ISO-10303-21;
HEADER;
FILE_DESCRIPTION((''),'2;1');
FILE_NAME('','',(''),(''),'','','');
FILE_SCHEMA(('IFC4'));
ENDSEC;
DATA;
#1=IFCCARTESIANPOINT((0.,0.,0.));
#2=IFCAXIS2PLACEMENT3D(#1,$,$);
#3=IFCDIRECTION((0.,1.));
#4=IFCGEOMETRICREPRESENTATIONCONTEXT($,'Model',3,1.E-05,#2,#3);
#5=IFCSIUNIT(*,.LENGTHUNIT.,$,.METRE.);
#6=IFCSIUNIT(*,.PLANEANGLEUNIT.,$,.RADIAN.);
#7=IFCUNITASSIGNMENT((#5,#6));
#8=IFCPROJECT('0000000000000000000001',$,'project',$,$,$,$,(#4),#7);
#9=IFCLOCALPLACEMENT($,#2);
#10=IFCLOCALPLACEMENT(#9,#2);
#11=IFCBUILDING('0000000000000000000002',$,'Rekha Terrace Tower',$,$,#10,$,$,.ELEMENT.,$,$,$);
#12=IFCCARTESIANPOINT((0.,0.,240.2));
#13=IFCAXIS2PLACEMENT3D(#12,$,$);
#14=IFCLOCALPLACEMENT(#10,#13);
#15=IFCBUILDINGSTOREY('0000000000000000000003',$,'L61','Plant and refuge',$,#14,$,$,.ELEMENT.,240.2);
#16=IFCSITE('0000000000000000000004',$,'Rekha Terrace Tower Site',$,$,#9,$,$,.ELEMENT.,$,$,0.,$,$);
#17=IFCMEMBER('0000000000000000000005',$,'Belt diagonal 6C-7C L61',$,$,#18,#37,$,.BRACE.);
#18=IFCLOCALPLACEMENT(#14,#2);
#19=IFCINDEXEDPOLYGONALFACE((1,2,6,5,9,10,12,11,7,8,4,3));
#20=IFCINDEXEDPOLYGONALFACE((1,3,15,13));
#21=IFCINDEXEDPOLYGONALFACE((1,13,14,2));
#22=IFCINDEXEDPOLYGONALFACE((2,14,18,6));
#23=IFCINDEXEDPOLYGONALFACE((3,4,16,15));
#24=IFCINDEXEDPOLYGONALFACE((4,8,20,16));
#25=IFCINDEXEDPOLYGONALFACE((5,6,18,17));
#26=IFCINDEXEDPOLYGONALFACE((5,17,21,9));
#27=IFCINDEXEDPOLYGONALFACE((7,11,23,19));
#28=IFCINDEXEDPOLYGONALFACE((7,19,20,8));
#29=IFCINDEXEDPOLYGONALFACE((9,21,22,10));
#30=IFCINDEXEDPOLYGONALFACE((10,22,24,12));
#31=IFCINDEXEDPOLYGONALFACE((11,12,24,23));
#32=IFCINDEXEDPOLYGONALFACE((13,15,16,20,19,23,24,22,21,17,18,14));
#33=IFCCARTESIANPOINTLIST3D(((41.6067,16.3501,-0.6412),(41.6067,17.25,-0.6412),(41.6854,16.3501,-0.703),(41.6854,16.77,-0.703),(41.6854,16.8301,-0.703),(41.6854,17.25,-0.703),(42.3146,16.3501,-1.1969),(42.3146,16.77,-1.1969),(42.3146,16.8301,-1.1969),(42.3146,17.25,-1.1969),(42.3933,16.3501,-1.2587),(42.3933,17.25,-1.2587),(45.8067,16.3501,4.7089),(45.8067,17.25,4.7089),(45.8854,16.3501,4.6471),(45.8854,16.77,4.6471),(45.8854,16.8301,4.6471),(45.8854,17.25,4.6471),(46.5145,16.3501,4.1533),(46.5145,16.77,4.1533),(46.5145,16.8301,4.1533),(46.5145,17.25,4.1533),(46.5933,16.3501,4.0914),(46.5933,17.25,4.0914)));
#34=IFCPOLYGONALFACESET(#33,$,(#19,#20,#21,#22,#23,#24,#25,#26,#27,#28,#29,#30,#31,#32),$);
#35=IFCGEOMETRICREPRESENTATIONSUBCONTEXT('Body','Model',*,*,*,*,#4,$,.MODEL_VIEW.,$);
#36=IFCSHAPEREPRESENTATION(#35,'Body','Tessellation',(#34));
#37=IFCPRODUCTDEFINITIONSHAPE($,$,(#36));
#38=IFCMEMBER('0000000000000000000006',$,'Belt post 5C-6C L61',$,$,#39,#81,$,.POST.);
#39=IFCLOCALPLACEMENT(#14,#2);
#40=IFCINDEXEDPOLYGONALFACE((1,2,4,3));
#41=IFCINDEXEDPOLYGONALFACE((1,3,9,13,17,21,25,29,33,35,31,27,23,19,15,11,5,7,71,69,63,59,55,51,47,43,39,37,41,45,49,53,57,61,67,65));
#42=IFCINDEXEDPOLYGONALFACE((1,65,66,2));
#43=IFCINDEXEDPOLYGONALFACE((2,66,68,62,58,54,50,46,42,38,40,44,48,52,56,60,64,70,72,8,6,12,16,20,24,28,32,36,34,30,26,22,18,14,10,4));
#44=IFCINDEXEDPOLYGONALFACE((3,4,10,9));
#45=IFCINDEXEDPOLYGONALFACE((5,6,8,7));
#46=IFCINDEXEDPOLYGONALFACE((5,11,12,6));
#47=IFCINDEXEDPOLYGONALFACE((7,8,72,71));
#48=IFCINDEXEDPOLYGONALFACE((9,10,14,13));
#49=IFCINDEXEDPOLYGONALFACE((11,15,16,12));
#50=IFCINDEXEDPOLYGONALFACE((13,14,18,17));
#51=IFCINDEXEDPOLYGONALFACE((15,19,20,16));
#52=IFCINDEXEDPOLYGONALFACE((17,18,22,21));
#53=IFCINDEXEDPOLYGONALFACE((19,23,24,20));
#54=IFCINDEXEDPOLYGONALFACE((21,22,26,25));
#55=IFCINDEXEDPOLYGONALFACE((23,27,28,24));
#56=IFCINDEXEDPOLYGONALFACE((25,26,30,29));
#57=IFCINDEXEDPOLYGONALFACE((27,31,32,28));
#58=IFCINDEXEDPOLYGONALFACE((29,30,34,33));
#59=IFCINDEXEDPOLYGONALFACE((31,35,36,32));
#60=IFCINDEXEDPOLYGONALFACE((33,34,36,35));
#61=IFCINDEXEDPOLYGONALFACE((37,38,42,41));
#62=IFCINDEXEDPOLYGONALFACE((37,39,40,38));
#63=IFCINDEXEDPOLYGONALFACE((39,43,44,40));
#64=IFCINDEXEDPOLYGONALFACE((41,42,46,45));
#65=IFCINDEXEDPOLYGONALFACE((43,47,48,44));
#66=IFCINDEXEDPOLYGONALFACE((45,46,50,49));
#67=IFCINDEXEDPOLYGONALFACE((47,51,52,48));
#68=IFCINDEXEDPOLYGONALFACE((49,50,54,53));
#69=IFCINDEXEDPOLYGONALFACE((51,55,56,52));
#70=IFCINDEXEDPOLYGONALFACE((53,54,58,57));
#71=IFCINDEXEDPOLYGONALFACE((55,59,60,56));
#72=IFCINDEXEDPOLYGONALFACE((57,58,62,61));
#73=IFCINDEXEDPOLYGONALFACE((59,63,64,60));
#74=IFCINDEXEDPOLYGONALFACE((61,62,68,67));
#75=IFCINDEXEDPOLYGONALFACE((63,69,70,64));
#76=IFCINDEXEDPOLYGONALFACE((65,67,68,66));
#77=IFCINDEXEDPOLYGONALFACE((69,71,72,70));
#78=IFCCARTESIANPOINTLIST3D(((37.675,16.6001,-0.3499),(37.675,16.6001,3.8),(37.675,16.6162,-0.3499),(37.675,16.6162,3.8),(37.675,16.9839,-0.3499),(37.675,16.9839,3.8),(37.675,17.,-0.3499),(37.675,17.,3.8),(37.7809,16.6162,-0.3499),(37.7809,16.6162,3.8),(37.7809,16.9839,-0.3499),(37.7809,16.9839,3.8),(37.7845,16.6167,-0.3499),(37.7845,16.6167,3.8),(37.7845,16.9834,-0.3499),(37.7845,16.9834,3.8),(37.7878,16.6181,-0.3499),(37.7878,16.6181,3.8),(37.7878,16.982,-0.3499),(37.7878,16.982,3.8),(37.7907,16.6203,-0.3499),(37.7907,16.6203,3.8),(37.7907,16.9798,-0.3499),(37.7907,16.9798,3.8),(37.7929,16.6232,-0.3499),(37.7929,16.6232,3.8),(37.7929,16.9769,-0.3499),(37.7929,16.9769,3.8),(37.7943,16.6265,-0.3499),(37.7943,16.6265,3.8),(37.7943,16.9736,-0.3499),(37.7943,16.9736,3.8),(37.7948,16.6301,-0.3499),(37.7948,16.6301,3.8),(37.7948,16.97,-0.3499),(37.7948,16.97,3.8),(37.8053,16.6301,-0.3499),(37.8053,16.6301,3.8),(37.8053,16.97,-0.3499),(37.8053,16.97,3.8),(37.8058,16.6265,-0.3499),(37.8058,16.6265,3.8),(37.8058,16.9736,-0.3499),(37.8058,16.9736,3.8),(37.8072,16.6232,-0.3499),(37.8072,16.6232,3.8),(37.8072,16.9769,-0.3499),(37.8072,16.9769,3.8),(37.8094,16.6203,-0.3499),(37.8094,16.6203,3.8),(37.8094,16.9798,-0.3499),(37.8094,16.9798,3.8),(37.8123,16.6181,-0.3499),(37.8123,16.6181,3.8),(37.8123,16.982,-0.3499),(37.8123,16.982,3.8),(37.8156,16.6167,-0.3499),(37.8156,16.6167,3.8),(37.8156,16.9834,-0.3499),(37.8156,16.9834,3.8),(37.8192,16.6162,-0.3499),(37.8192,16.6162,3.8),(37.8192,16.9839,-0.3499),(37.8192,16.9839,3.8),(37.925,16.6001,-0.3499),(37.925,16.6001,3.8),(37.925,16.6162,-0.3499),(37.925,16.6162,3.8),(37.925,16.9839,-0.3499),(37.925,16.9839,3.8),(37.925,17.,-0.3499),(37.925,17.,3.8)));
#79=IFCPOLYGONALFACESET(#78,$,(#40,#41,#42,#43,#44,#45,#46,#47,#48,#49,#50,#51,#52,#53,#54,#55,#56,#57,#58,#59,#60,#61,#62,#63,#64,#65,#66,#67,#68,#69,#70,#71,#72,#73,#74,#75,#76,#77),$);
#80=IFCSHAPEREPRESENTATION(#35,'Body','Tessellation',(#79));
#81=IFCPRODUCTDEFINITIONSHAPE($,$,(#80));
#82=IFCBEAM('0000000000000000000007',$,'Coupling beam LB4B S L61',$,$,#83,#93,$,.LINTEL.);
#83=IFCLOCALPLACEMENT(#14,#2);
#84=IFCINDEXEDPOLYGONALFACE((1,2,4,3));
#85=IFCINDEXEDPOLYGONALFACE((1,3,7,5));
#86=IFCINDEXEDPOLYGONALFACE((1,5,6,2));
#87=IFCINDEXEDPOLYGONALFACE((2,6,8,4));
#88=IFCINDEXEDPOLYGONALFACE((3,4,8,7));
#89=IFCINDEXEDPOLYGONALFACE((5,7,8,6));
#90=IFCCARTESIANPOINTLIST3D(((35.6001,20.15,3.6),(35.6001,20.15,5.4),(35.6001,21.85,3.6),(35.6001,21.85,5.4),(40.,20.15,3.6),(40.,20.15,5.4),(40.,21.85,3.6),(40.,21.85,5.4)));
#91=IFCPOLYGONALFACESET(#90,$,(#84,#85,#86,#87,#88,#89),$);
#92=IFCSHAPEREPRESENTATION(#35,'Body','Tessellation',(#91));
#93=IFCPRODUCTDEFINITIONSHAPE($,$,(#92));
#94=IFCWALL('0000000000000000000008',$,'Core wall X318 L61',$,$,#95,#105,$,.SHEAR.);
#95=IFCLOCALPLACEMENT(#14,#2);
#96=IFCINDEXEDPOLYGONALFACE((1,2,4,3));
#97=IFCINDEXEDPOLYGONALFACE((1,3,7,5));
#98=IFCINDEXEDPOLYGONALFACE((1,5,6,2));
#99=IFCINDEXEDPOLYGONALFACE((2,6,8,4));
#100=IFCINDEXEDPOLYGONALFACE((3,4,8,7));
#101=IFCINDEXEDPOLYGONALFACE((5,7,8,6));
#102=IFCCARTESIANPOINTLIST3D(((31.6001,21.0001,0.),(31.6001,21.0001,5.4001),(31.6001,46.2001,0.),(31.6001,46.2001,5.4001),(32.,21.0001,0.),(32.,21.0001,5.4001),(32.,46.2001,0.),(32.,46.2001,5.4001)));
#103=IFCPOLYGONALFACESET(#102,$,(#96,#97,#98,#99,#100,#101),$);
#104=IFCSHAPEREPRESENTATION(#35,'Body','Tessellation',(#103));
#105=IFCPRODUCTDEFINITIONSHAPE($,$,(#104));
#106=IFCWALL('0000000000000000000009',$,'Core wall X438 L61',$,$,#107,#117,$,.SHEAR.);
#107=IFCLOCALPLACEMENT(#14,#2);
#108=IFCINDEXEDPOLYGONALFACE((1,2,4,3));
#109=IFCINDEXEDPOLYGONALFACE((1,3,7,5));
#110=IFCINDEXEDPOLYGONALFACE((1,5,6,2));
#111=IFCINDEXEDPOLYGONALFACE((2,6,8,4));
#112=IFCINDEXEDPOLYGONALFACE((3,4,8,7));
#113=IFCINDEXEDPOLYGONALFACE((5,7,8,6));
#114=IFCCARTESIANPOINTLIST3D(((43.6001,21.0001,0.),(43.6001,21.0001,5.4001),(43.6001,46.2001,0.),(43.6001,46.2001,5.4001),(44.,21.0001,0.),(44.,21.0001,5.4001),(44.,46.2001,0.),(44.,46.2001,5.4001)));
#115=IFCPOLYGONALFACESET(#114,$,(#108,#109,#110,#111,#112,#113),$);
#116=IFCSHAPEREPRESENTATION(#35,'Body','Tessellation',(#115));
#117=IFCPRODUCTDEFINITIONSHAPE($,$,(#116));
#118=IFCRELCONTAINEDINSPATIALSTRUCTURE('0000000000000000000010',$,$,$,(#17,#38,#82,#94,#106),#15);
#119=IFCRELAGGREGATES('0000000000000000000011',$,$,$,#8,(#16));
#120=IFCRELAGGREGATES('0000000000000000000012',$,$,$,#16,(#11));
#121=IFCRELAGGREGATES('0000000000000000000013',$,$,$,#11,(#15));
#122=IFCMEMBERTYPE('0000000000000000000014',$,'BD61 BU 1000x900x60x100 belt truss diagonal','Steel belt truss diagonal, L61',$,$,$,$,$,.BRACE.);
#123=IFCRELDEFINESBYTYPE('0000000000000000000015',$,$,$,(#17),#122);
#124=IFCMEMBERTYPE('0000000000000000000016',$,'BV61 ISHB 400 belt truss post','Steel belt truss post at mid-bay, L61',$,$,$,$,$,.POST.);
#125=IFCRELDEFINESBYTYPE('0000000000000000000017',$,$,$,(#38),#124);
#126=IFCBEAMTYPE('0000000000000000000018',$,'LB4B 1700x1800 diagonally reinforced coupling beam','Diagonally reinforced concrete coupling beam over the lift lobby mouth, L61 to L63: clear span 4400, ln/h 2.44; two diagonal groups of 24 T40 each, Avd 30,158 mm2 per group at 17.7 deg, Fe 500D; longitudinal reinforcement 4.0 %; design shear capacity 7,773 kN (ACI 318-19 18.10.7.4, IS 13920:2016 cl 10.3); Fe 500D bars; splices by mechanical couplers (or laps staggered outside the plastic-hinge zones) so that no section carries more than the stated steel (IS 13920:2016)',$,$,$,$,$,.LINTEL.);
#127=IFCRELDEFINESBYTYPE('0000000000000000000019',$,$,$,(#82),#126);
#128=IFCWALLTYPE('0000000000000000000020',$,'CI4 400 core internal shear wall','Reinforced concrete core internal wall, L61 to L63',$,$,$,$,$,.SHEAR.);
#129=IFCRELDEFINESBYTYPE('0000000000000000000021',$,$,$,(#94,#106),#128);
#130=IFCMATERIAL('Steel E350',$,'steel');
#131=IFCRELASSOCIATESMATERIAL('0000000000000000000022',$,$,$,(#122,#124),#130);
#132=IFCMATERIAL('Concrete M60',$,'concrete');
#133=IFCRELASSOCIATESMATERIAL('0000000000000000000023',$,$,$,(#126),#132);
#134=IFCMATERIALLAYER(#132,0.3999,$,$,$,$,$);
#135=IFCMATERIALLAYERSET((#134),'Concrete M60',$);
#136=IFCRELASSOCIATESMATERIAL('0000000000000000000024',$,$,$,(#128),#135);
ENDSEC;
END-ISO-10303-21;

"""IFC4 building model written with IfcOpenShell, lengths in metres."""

from ifc_helpers import new_model, si_unit, direction, frame, frame_2d, origin, origin_2d, place, context, subcontext, project, spatial, rectangle, i_section, extrude, material, layer, layer_set, material_profile, profile_set, type_object, element, save


model = new_model("IFC4")

# Units and contexts
model_context = context("Model", 3, precision=1e-05, world=origin(), true_north=direction((0.0, 1.0)))
body_context = subcontext(model_context, "Body", "Model", "MODEL_VIEW")
ifc_project = project(units=[si_unit("LENGTHUNIT", "METRE"), si_unit("PLANEANGLEUNIT", "RADIAN")], contexts=[model_context])

# Site, building, storey
site_placement = place(None, origin())
site = spatial("IfcSite", under=ifc_project, at=site_placement, Name="Rekha Terrace Tower Site", CompositionType="ELEMENT", RefElevation=0.0)
building_placement = place(site_placement, origin())
building = spatial("IfcBuilding", under=site, at=building_placement, Name="Rekha Terrace Tower", CompositionType="ELEMENT")
storey_placement = place(building_placement, frame((0.0, 0.0, 240.2)))
storey = spatial("IfcBuildingStorey", under=building, at=storey_placement, Name="L61", Description="Plant and refuge", CompositionType="ELEMENT", Elevation=240.2)

# Shared definitions
ifc_material_1 = material(Name="Concrete M60", Category="concrete")

# Members
ifc_material_2 = material(Name="Steel E350", Category="steel")
ifc_material_profile_1 = material_profile(ifc_material_2, i_section(OverallWidth=0.8999, OverallDepth=1.0, WebThickness=0.0601, FlangeThickness=0.1001, at=origin_2d()), Name="BU 1000x900x60x100")
ifc_profile_set_1 = profile_set([ifc_material_profile_1], Name="Steel E350")
member_type_1 = type_object("IfcMemberType", Name="BD61 BU 1000x900x60x100 belt truss diagonal", Description="Steel belt truss diagonal, L61", PredefinedType="BRACE", material=ifc_profile_set_1)
for number, where, z_axis, x_axis, name in (
    (1, (42.0, 16.8, -0.95), (0.617485, 0.0, 0.786582), (0.0, 1.0, 0.0), "Belt diagonal 6C-7C L61"),
):
    element("IfcMember", number, at=place(storey_placement, frame(where, z_axis=z_axis, x_axis=x_axis)), inside=storey, type_object=member_type_1, Name=name, PredefinedType="BRACE", context=body_context, shape_type="SweptSolid", body=[
        extrude(i_section(OverallWidth=0.8999, OverallDepth=1.0, WebThickness=0.0601, FlangeThickness=0.1001, at=origin_2d()), origin(), (0.0, 0.0, 1.0), 6.8018),
    ])
ifc_material_profile_2 = material_profile(ifc_material_2, i_section(OverallWidth=0.25, OverallDepth=0.3999, WebThickness=0.0105, FlangeThickness=0.0161, FilletRadius=0.0139, at=origin_2d()), Name="ISHB 400")
ifc_profile_set_2 = profile_set([ifc_material_profile_2], Name="Steel E350")
member_type_2 = type_object("IfcMemberType", Name="BV61 ISHB 400 belt truss post", Description="Steel belt truss post at mid-bay, L61", PredefinedType="POST", material=ifc_profile_set_2)
member_placement = place(storey_placement, frame((37.8, 16.8, -0.3499), z_axis=(0.0, 0.0, 1.0), x_axis=(1.0, 0.0, 0.0)))
element("IfcMember", 2, at=member_placement, inside=storey, type_object=member_type_2, Name="Belt post 5C-6C L61", PredefinedType="POST", context=body_context, shape_type="SweptSolid", body=[
    extrude(i_section(OverallWidth=0.25, OverallDepth=0.3999, WebThickness=0.0105, FlangeThickness=0.0161, FilletRadius=0.0139, at=origin_2d()), origin(), (0.0, 0.0, 1.0), 4.1499),
])

# Beam
ifc_material_profile_3 = material_profile(ifc_material_1, rectangle(XDim=1.7, YDim=1.8, at=origin_2d()), Name="RC 1700x1800")
ifc_profile_set_3 = profile_set([ifc_material_profile_3], Name="Concrete M60")
beam_type = type_object("IfcBeamType", Name="LB4B 1700x1800 diagonally reinforced coupling beam", Description="Diagonally reinforced concrete coupling beam over the lift lobby mouth, L61 to L63: clear span 4400, ln/h 2.44; two diagonal groups of 24 T40 each, Avd 30,158 mm2 per group at 17.7 deg, Fe 500D; longitudinal reinforcement 4.0 %; design shear capacity 7,773 kN (ACI 318-19 18.10.7.4, IS 13920:2016 cl 10.3); Fe 500D bars; splices by mechanical couplers (or laps staggered outside the plastic-hinge zones) so that no section carries more than the stated steel (IS 13920:2016)", PredefinedType="LINTEL", material=ifc_profile_set_3)
beam_placement = place(storey_placement, frame((35.6001, 21.0, 4.5), z_axis=(1.0, 0.0, 0.0), x_axis=(0.0, 1.0, 0.0)))
element("IfcBeam", 3, at=beam_placement, inside=storey, type_object=beam_type, Name="Coupling beam LB4B S L61", PredefinedType="LINTEL", context=body_context, shape_type="SweptSolid", body=[
    extrude(rectangle(XDim=1.7, YDim=1.8, at=origin_2d()), origin(), (0.0, 0.0, 1.0), 4.3999),
])

# Walls
ifc_layer_1 = layer(ifc_material_1, 0.3999)
ifc_layer_set_1 = layer_set([ifc_layer_1], Name="Concrete M60")
wall_type_1 = type_object("IfcWallType", Name="CI4 400 core internal shear wall", Description="Reinforced concrete core internal wall, L61 to L63", PredefinedType="SHEAR", material=ifc_layer_set_1)
for number, where, z_axis, x_axis, name in (
    (4, (31.8, 21.0, 0.0), (0.0, 0.0, 1.0), (0.0, 1.0, 0.0), "Core wall X318 L61"),
    (5, (43.8, 21.0, 0.0), (0.0, 0.0, 1.0), (0.0, 1.0, 0.0), "Core wall X438 L61"),
):
    element("IfcWall", number, at=place(storey_placement, frame(where, z_axis=z_axis, x_axis=x_axis)), inside=storey, type_object=wall_type_1, Name=name, PredefinedType="SHEAR", context=body_context, shape_type="SweptSolid", body=[
        extrude(rectangle(XDim=25.2, YDim=0.3999, at=frame_2d((12.6001, 0.0))), origin(), (0.0, 0.0, 1.0), 5.4001),
    ])

save(model, "model.ifc")
